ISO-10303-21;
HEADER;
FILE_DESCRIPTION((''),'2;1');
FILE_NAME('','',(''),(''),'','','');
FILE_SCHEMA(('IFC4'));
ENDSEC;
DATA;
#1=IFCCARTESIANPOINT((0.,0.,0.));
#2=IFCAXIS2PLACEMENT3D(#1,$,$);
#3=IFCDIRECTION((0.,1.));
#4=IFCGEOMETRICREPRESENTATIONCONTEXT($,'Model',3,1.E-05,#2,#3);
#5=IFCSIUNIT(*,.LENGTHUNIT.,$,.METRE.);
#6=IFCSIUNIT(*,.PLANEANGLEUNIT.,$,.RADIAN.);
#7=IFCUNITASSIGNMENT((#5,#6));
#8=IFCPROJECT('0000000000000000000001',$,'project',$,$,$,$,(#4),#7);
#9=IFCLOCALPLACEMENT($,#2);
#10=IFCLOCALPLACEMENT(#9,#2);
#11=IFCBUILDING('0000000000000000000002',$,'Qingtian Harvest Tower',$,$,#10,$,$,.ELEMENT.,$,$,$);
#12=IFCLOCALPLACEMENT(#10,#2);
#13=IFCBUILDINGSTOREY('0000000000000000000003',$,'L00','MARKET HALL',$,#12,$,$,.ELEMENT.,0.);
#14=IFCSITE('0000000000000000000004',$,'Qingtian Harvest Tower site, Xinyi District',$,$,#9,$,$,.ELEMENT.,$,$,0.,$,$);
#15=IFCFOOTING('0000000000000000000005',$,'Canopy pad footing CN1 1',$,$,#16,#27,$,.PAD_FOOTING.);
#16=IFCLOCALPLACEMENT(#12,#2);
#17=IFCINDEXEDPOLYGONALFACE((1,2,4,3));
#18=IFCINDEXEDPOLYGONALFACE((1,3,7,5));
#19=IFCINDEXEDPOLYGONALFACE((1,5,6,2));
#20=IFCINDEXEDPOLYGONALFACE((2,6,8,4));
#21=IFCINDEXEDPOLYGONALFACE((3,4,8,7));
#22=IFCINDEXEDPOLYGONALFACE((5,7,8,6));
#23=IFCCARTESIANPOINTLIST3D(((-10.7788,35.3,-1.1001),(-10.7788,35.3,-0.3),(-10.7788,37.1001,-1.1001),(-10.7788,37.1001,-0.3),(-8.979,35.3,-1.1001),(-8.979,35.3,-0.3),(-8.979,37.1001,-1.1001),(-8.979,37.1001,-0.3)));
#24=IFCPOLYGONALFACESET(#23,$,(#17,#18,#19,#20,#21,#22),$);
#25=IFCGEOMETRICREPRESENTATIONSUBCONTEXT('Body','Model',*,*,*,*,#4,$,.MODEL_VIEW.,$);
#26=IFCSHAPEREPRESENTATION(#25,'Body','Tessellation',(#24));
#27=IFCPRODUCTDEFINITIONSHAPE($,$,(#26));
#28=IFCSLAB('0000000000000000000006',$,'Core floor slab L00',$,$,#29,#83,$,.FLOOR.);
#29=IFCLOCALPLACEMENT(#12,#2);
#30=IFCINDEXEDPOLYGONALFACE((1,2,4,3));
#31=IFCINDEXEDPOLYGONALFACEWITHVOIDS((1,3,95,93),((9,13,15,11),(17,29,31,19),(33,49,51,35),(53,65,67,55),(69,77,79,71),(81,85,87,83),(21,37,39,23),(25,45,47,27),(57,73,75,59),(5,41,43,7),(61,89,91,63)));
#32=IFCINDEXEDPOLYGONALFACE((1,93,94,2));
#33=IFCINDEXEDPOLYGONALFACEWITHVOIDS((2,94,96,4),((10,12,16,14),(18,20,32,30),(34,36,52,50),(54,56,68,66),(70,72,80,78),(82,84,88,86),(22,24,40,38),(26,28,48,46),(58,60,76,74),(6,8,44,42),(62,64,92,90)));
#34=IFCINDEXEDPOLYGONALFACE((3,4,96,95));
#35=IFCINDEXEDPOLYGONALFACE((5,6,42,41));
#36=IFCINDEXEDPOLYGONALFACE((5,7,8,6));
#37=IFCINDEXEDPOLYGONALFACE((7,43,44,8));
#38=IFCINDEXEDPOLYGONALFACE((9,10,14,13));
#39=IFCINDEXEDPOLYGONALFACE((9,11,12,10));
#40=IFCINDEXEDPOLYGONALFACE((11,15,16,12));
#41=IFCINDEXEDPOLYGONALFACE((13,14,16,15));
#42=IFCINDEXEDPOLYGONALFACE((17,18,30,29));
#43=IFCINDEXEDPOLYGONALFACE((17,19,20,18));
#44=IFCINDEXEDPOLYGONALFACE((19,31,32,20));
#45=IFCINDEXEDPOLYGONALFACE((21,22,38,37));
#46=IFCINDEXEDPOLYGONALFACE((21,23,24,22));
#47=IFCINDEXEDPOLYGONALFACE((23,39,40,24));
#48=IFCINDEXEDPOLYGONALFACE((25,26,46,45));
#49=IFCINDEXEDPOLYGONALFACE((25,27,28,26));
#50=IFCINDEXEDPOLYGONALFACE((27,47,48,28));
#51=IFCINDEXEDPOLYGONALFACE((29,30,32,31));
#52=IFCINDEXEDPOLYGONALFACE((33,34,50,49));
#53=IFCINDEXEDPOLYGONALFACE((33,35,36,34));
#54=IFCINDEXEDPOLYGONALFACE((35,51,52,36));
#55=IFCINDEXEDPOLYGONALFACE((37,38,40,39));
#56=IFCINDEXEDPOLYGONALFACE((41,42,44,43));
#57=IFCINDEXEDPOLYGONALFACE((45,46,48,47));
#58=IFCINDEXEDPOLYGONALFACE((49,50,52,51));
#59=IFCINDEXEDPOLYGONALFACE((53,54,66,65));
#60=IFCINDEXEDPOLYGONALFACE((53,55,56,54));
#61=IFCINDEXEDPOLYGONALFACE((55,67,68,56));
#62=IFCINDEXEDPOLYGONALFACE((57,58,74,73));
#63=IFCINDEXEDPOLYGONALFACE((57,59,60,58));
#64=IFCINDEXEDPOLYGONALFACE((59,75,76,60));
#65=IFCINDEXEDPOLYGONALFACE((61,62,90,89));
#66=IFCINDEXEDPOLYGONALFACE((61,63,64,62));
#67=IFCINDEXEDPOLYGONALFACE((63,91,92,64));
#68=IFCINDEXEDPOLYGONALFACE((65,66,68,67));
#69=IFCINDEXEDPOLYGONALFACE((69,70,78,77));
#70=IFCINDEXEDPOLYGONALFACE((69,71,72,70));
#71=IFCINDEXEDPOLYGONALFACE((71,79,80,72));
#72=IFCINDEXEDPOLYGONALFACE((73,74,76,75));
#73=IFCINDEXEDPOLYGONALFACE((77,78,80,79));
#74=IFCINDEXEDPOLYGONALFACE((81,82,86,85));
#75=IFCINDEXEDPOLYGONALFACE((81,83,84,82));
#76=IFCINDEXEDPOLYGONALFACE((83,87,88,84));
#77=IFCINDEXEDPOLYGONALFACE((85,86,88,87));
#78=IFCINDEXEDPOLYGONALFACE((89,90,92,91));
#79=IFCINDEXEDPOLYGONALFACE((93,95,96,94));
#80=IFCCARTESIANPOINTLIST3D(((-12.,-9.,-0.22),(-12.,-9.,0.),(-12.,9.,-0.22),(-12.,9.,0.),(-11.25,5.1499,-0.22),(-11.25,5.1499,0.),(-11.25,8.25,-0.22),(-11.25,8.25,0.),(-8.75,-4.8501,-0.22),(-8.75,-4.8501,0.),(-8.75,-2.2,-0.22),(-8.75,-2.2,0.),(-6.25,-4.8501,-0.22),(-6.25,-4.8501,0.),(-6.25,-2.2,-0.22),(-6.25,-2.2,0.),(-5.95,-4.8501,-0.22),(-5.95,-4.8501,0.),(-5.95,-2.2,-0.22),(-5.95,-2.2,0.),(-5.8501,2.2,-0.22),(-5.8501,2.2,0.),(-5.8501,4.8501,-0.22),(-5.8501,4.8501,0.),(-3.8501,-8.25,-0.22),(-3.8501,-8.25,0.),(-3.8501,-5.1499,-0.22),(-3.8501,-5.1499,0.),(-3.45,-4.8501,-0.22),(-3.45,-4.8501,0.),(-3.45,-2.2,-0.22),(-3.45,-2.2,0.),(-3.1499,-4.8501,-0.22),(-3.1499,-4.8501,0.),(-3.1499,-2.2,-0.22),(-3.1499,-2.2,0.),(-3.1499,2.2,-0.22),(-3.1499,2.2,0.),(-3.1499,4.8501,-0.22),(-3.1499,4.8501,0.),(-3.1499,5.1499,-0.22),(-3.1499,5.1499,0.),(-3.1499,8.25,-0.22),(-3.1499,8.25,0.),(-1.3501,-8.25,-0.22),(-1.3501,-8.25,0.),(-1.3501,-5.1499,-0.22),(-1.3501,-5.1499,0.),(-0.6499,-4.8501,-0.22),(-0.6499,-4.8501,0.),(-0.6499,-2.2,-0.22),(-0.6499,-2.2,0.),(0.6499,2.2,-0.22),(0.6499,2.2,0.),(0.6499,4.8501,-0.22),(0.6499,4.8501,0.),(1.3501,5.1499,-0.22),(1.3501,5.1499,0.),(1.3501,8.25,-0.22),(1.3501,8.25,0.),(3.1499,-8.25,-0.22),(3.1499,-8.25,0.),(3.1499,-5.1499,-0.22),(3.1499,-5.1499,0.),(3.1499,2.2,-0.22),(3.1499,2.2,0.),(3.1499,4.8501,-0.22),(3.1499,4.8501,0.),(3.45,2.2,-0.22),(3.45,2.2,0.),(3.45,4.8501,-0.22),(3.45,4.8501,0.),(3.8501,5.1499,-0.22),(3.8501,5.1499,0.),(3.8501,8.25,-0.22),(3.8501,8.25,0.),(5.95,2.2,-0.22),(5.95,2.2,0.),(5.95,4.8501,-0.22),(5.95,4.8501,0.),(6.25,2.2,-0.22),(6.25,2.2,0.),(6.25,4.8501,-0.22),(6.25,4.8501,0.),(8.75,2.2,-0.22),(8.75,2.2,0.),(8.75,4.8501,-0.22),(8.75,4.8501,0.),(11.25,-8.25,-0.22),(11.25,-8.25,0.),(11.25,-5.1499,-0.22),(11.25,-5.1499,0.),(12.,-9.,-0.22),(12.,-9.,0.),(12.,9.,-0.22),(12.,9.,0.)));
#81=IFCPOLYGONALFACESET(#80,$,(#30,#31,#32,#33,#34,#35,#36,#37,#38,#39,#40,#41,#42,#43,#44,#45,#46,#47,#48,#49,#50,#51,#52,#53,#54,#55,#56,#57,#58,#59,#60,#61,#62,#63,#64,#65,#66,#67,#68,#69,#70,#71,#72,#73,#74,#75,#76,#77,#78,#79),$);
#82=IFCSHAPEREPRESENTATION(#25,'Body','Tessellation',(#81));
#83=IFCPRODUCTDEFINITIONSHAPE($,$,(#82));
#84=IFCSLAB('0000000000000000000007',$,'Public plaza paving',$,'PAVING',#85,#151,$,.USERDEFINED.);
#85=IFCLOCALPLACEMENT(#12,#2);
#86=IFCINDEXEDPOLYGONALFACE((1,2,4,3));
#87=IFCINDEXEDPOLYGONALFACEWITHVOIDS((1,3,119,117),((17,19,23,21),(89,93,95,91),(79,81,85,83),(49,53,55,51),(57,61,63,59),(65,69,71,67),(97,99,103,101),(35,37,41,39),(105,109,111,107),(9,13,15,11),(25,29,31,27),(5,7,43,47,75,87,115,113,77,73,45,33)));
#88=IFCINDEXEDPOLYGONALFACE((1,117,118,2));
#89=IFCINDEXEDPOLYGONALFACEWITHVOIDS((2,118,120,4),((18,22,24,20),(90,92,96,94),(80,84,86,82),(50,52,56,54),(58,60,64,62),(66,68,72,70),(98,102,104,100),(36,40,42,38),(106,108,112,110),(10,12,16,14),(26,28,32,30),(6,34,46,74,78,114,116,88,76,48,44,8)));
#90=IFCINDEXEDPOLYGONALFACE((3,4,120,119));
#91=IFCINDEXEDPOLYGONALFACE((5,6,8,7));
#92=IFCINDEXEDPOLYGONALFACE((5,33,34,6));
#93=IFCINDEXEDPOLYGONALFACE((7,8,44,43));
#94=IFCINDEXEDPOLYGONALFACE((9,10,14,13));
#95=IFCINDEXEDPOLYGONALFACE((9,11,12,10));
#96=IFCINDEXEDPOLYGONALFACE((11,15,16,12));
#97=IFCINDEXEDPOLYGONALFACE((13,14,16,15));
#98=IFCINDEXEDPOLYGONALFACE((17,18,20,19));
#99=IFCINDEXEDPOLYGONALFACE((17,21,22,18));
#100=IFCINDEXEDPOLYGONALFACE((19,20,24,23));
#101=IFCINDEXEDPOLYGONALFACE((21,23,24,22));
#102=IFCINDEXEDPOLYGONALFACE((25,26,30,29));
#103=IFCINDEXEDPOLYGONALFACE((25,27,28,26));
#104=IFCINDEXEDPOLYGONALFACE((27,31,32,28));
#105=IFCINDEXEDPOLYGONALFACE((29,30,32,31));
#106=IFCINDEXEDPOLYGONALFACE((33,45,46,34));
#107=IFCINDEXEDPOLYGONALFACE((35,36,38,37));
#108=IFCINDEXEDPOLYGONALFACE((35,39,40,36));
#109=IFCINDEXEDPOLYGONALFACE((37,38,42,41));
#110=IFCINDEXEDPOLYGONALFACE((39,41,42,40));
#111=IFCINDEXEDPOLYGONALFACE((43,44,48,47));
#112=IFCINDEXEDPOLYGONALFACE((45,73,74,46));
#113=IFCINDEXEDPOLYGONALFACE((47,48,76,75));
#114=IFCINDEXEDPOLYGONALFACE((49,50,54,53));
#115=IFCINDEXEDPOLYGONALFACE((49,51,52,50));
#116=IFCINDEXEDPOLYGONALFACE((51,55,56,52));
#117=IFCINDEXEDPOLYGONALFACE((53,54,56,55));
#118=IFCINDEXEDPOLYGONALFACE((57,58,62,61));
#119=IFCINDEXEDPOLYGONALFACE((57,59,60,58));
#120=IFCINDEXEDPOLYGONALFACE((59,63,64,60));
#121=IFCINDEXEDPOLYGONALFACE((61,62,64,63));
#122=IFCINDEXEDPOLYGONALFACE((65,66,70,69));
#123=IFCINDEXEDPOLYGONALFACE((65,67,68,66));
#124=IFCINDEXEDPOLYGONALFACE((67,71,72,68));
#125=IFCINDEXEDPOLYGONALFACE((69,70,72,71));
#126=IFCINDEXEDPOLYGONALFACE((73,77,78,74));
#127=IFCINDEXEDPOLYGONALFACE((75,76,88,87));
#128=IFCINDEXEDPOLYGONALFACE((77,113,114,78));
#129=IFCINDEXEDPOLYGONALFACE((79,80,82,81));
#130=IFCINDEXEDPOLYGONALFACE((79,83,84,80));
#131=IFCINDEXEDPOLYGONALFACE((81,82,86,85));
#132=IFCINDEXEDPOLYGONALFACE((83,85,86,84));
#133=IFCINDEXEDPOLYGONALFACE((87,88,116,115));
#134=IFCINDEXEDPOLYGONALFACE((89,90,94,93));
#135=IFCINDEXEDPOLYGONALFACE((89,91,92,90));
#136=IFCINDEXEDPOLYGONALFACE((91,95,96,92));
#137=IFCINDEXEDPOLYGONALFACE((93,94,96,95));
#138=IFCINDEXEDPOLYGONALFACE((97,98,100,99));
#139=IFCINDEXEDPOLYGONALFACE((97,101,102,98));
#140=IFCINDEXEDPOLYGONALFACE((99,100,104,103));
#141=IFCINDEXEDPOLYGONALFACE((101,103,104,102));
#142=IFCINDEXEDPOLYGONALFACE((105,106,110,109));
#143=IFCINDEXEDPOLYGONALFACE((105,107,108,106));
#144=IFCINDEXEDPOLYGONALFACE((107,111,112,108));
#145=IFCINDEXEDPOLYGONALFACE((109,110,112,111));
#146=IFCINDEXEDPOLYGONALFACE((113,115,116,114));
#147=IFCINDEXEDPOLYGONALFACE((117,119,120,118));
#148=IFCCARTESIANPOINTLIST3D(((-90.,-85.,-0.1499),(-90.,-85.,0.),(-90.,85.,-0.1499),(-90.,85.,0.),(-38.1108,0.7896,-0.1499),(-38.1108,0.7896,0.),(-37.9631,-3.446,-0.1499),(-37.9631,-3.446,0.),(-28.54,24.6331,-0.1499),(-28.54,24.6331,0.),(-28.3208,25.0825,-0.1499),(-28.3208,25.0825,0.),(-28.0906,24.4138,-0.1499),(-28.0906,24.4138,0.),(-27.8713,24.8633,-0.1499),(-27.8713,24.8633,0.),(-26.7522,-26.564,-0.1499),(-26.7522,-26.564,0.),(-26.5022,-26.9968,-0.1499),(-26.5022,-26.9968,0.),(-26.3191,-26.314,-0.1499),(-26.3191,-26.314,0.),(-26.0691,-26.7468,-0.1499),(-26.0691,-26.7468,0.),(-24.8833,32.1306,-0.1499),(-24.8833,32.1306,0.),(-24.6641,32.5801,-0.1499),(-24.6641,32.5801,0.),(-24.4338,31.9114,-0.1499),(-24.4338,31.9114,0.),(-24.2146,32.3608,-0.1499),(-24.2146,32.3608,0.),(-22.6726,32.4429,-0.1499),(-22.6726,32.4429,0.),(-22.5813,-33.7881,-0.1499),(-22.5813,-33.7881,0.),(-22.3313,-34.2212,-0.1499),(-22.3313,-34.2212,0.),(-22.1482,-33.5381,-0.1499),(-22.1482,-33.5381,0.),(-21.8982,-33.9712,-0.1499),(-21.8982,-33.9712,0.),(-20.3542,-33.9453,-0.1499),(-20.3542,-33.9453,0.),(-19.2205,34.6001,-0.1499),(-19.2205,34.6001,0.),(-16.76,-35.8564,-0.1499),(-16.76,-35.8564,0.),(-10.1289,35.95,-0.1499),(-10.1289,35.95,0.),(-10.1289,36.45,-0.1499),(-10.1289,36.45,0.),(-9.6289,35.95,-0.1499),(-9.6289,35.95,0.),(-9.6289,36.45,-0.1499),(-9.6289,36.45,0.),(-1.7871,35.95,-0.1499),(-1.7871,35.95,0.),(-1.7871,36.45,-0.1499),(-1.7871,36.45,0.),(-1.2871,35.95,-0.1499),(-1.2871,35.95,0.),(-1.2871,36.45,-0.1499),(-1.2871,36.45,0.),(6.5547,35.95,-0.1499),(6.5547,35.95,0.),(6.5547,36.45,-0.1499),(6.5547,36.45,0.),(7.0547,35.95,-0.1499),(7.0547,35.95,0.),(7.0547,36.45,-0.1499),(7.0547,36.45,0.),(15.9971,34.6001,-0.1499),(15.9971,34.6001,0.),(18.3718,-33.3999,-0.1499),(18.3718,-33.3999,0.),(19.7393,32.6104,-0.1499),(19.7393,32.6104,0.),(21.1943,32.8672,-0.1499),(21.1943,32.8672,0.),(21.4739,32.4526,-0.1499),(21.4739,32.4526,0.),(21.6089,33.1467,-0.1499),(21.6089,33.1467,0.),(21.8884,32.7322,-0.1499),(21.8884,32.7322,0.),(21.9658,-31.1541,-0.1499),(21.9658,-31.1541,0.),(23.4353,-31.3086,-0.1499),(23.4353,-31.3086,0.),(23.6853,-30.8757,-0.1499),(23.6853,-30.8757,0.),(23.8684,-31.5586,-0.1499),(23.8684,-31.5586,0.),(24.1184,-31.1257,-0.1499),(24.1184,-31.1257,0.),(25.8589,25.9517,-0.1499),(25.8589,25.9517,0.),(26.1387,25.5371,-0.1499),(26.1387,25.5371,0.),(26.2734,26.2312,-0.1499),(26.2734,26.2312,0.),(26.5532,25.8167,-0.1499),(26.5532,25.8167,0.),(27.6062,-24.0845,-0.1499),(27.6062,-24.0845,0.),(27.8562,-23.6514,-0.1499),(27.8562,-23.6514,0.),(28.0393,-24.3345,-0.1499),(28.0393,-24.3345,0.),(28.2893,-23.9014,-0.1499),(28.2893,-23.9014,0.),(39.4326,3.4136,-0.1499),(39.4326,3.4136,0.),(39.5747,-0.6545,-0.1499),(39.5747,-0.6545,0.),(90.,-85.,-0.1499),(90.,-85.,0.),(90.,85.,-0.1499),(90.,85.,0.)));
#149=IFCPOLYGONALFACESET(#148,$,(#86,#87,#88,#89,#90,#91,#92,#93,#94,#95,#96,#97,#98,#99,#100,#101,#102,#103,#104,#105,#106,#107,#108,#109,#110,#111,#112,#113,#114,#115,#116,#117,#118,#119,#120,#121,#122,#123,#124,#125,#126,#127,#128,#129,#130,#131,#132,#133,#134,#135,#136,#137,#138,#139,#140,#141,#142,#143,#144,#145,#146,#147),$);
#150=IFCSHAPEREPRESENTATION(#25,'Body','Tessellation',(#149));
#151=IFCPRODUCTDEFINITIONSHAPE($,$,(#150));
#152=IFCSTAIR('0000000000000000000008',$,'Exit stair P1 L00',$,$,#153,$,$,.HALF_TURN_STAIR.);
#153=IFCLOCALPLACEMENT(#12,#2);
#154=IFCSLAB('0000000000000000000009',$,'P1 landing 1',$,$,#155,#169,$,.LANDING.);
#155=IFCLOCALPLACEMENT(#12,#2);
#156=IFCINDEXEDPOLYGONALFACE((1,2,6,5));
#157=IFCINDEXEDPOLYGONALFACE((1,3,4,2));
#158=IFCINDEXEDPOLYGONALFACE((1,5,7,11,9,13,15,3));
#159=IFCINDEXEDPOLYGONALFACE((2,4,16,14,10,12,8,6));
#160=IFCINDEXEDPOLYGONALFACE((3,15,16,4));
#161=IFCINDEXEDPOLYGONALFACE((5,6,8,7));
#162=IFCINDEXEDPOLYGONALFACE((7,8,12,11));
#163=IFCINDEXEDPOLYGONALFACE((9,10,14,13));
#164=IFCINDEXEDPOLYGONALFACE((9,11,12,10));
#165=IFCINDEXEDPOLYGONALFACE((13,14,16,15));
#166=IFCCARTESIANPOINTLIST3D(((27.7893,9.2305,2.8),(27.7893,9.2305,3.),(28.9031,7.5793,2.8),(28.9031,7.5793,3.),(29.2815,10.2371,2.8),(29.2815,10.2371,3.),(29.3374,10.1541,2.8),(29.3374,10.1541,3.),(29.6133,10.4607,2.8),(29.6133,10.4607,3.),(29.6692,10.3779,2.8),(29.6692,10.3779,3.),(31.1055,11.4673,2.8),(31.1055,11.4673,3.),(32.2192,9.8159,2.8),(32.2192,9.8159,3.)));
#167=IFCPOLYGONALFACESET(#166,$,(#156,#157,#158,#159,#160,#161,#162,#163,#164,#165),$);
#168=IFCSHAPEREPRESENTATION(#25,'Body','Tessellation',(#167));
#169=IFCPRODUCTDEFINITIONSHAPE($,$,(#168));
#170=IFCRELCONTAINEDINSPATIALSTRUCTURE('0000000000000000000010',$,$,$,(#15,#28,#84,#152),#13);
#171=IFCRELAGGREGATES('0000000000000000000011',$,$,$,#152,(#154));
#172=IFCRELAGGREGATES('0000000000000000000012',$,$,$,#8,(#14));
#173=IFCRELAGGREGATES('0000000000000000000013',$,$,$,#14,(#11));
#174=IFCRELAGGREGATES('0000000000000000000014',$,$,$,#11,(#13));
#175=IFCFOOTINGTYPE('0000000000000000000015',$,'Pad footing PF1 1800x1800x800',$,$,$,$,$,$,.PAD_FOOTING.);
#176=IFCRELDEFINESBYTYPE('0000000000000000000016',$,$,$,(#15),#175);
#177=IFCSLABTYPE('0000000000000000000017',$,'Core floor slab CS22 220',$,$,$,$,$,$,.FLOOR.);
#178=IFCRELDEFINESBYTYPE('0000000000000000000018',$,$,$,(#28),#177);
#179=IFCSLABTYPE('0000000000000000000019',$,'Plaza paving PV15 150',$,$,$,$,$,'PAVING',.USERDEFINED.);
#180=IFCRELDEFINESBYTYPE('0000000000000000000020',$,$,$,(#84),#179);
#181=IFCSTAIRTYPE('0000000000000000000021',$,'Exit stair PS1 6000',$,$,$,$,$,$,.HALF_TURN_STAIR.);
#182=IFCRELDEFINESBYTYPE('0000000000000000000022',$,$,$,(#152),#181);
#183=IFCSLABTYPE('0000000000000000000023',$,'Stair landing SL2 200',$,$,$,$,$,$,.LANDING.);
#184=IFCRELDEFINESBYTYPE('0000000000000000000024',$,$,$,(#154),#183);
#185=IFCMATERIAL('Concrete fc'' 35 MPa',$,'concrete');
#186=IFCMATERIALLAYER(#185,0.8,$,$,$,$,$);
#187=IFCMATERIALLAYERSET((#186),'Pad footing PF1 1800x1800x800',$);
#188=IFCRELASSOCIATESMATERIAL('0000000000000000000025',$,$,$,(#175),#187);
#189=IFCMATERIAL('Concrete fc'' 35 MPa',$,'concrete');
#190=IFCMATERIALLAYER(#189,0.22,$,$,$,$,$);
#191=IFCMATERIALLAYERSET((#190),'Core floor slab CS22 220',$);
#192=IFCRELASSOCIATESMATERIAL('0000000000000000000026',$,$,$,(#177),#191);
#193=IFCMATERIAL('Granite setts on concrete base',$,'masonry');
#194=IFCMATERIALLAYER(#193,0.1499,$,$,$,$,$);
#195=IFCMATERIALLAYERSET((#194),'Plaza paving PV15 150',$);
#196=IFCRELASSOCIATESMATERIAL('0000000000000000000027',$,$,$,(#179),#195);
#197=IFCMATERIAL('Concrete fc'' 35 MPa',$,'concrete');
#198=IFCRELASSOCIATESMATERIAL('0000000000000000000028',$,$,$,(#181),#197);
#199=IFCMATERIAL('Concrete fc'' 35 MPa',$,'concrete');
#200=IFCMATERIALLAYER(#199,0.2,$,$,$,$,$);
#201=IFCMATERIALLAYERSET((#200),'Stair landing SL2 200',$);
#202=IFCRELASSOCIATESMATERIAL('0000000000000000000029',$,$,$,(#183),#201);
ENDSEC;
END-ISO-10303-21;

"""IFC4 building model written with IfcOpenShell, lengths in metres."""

from ifc_helpers import new_model, si_unit, direction, frame, origin, place, context, subcontext, project, spatial, polyline, outline, extrude, material, layer, layer_set, type_object, element, aggregate, save


model = new_model("IFC4")

# Units and contexts
model_context = context("Model", 3, precision=1e-05, world=origin(), true_north=direction((0.0, 1.0)))
body_context = subcontext(model_context, "Body", "Model", "MODEL_VIEW")
ifc_project = project(units=[si_unit("LENGTHUNIT", "METRE"), si_unit("PLANEANGLEUNIT", "RADIAN")], contexts=[model_context])

# Site, building, storey
site_placement = place(None, origin())
site = spatial("IfcSite", under=ifc_project, at=site_placement, Name="Qingtian Harvest Tower site, Xinyi District", CompositionType="ELEMENT", RefElevation=0.0)
building_placement = place(site_placement, origin())
building = spatial("IfcBuilding", under=site, at=building_placement, Name="Qingtian Harvest Tower", CompositionType="ELEMENT")
storey_placement = place(building_placement, origin())
storey = spatial("IfcBuildingStorey", under=building, at=storey_placement, Name="L00", Description="MARKET HALL", CompositionType="ELEMENT", Elevation=0.0)

# Footing
ifc_material_1 = material(Name="Concrete fc' 35 MPa", Category="concrete")
ifc_layer_1 = layer(ifc_material_1, 0.8)
ifc_layer_set_1 = layer_set([ifc_layer_1], Name="Pad footing PF1 1800x1800x800")
footing_type = type_object("IfcFootingType", Name="Pad footing PF1 1800x1800x800", PredefinedType="PAD_FOOTING", material=ifc_layer_set_1)
footing_placement = place(storey_placement, frame((0.0, 0.0, -1.1001)))
element("IfcFooting", 1, at=footing_placement, inside=storey, type_object=footing_type, Name="Canopy pad footing CN1 1", PredefinedType="PAD_FOOTING", context=body_context, shape_type="SweptSolid", body=[
    extrude(outline(polyline([(-8.979, 35.3), (-10.7788, 35.3), (-10.7788, 37.1001), (-8.979, 37.1001), (-8.979, 35.3)])), origin(), (0.0, 0.0, 1.0), 0.8),
])

# Slabs
ifc_material_2 = material(Name="Concrete fc' 35 MPa", Category="concrete")
ifc_layer_2 = layer(ifc_material_2, 0.22)
ifc_layer_set_2 = layer_set([ifc_layer_2], Name="Core floor slab CS22 220")
slab_type_1 = type_object("IfcSlabType", Name="Core floor slab CS22 220", PredefinedType="FLOOR", material=ifc_layer_set_2)
slab_1_placement = place(storey_placement, frame((0.0, 0.0, -0.22)))
element("IfcSlab", 2, at=slab_1_placement, inside=storey, type_object=slab_type_1, Name="Core floor slab L00", PredefinedType="FLOOR", context=body_context, shape_type="SweptSolid", body=[
    extrude(outline(polyline([(-12.0, -9.0), (12.0, -9.0), (12.0, 9.0), (-12.0, 9.0), (-12.0, -9.0)]), holes=[polyline([(-11.25, 5.1499), (-3.1499, 5.1499), (-3.1499, 8.25), (-11.25, 8.25), (-11.25, 5.1499)]), polyline([(3.1499, -8.25), (11.25, -8.25), (11.25, -5.1499), (3.1499, -5.1499), (3.1499, -8.25)]), polyline([(1.3501, 5.1499), (3.8501, 5.1499), (3.8501, 8.25), (1.3501, 8.25), (1.3501, 5.1499)]), polyline([(-3.8501, -8.25), (-1.3501, -8.25), (-1.3501, -5.1499), (-3.8501, -5.1499), (-3.8501, -8.25)]), polyline([(-5.8501, 2.2), (-3.1499, 2.2), (-3.1499, 4.8501), (-5.8501, 4.8501), (-5.8501, 2.2)]), polyline([(0.6499, 2.2), (3.1499, 2.2), (3.1499, 4.8501), (0.6499, 4.8501), (0.6499, 2.2)]), polyline([(3.45, 2.2), (5.95, 2.2), (5.95, 4.8501), (3.45, 4.8501), (3.45, 2.2)]), polyline([(6.25, 2.2), (8.75, 2.2), (8.75, 4.8501), (6.25, 4.8501), (6.25, 2.2)]), polyline([(-8.75, -4.8501), (-6.25, -4.8501), (-6.25, -2.2), (-8.75, -2.2), (-8.75, -4.8501)]), polyline([(-5.95, -4.8501), (-3.45, -4.8501), (-3.45, -2.2), (-5.95, -2.2), (-5.95, -4.8501)]), polyline([(-3.1499, -4.8501), (-0.6499, -4.8501), (-0.6499, -2.2), (-3.1499, -2.2), (-3.1499, -4.8501)])]), origin(), (0.0, 0.0, 1.0), 0.22),
])
ifc_material_3 = material(Name="Granite setts on concrete base", Category="masonry")
ifc_layer_3 = layer(ifc_material_3, 0.1499)
ifc_layer_set_3 = layer_set([ifc_layer_3], Name="Plaza paving PV15 150")
slab_type_2 = type_object("IfcSlabType", Name="Plaza paving PV15 150", ElementType="PAVING", PredefinedType="USERDEFINED", material=ifc_layer_set_3)
slab_2_placement = place(storey_placement, frame((0.0, 0.0, -0.1499)))
element("IfcSlab", 3, at=slab_2_placement, inside=storey, type_object=slab_type_2, Name="Public plaza paving", ObjectType="PAVING", PredefinedType="USERDEFINED", context=body_context, shape_type="SweptSolid", body=[
    extrude(outline(polyline([(-90.0, -85.0), (-90.0, 85.0), (90.0, 85.0), (90.0, -85.0), (-90.0, -85.0)]), holes=[polyline([(-22.6726, 32.4429), (-38.1108, 0.7896), (-37.9631, -3.446), (-20.3542, -33.9453), (-16.76, -35.8564), (18.3718, -33.3999), (21.9658, -31.1541), (39.5747, -0.6545), (39.4326, 3.4136), (19.7393, 32.6104), (15.9971, 34.6001), (-19.2205, 34.6001), (-22.6726, 32.4429)]), polyline([(-9.6289, 35.95), (-10.1289, 35.95), (-10.1289, 36.45), (-9.6289, 36.45), (-9.6289, 35.95)]), polyline([(-1.2871, 35.95), (-1.7871, 35.95), (-1.7871, 36.45), (-1.2871, 36.45), (-1.2871, 35.95)]), polyline([(7.0547, 35.95), (6.5547, 35.95), (6.5547, 36.45), (7.0547, 36.45), (7.0547, 35.95)]), polyline([(21.4739, 32.4526), (21.1943, 32.8672), (21.6089, 33.1467), (21.8884, 32.7322), (21.4739, 32.4526)]), polyline([(26.1387, 25.5371), (25.8589, 25.9517), (26.2734, 26.2312), (26.5532, 25.8167), (26.1387, 25.5371)]), polyline([(27.6062, -24.0845), (27.8562, -23.6514), (28.2893, -23.9014), (28.0393, -24.3345), (27.6062, -24.0845)]), polyline([(23.4353, -31.3086), (23.6853, -30.8757), (24.1184, -31.1257), (23.8684, -31.5586), (23.4353, -31.3086)]), polyline([(-22.1482, -33.5381), (-21.8982, -33.9712), (-22.3313, -34.2212), (-22.5813, -33.7881), (-22.1482, -33.5381)]), polyline([(-26.3191, -26.314), (-26.0691, -26.7468), (-26.5022, -26.9968), (-26.7522, -26.564), (-26.3191, -26.314)]), polyline([(-27.8713, 24.8633), (-28.0906, 24.4138), (-28.54, 24.6331), (-28.3208, 25.0825), (-27.8713, 24.8633)]), polyline([(-24.2146, 32.3608), (-24.4338, 31.9114), (-24.8833, 32.1306), (-24.6641, 32.5801), (-24.2146, 32.3608)])]), origin(), (0.0, 0.0, 1.0), 0.1499),
])

# Stair, slab
ifc_material_4 = material(Name="Concrete fc' 35 MPa", Category="concrete")
stair_type_1 = type_object("IfcStairType", Name="Exit stair PS1 6000", PredefinedType="HALF_TURN_STAIR", material=ifc_material_4)
stair_1_placement = place(storey_placement, origin())
stair_1 = element("IfcStair", 4, at=stair_1_placement, inside=storey, type_object=stair_type_1, Name="Exit stair P1 L00", PredefinedType="HALF_TURN_STAIR")
ifc_material_5 = material(Name="Concrete fc' 35 MPa", Category="concrete")
ifc_layer_4 = layer(ifc_material_5, 0.2)
ifc_layer_set_4 = layer_set([ifc_layer_4], Name="Stair landing SL2 200")
slab_type_3 = type_object("IfcSlabType", Name="Stair landing SL2 200", PredefinedType="LANDING", material=ifc_layer_set_4)
slab_3_placement = place(storey_placement, frame((0.0, 0.0, 2.8)))
slab_3 = element("IfcSlab", 5, at=slab_3_placement, type_object=slab_type_3, Name="P1 landing 1", PredefinedType="LANDING", context=body_context, shape_type="SweptSolid", body=[
    extrude(outline(polyline([(28.9031, 7.5793), (27.7893, 9.2305), (29.2815, 10.2371), (29.3374, 10.1541), (29.6692, 10.3779), (29.6133, 10.4607), (31.1055, 11.4673), (32.2192, 9.8159), (28.9031, 7.5793)])), origin(), (0.0, 0.0, 1.0), 0.2),
])
aggregate(stair_1, [slab_3])

save(model, "model.ifc")
